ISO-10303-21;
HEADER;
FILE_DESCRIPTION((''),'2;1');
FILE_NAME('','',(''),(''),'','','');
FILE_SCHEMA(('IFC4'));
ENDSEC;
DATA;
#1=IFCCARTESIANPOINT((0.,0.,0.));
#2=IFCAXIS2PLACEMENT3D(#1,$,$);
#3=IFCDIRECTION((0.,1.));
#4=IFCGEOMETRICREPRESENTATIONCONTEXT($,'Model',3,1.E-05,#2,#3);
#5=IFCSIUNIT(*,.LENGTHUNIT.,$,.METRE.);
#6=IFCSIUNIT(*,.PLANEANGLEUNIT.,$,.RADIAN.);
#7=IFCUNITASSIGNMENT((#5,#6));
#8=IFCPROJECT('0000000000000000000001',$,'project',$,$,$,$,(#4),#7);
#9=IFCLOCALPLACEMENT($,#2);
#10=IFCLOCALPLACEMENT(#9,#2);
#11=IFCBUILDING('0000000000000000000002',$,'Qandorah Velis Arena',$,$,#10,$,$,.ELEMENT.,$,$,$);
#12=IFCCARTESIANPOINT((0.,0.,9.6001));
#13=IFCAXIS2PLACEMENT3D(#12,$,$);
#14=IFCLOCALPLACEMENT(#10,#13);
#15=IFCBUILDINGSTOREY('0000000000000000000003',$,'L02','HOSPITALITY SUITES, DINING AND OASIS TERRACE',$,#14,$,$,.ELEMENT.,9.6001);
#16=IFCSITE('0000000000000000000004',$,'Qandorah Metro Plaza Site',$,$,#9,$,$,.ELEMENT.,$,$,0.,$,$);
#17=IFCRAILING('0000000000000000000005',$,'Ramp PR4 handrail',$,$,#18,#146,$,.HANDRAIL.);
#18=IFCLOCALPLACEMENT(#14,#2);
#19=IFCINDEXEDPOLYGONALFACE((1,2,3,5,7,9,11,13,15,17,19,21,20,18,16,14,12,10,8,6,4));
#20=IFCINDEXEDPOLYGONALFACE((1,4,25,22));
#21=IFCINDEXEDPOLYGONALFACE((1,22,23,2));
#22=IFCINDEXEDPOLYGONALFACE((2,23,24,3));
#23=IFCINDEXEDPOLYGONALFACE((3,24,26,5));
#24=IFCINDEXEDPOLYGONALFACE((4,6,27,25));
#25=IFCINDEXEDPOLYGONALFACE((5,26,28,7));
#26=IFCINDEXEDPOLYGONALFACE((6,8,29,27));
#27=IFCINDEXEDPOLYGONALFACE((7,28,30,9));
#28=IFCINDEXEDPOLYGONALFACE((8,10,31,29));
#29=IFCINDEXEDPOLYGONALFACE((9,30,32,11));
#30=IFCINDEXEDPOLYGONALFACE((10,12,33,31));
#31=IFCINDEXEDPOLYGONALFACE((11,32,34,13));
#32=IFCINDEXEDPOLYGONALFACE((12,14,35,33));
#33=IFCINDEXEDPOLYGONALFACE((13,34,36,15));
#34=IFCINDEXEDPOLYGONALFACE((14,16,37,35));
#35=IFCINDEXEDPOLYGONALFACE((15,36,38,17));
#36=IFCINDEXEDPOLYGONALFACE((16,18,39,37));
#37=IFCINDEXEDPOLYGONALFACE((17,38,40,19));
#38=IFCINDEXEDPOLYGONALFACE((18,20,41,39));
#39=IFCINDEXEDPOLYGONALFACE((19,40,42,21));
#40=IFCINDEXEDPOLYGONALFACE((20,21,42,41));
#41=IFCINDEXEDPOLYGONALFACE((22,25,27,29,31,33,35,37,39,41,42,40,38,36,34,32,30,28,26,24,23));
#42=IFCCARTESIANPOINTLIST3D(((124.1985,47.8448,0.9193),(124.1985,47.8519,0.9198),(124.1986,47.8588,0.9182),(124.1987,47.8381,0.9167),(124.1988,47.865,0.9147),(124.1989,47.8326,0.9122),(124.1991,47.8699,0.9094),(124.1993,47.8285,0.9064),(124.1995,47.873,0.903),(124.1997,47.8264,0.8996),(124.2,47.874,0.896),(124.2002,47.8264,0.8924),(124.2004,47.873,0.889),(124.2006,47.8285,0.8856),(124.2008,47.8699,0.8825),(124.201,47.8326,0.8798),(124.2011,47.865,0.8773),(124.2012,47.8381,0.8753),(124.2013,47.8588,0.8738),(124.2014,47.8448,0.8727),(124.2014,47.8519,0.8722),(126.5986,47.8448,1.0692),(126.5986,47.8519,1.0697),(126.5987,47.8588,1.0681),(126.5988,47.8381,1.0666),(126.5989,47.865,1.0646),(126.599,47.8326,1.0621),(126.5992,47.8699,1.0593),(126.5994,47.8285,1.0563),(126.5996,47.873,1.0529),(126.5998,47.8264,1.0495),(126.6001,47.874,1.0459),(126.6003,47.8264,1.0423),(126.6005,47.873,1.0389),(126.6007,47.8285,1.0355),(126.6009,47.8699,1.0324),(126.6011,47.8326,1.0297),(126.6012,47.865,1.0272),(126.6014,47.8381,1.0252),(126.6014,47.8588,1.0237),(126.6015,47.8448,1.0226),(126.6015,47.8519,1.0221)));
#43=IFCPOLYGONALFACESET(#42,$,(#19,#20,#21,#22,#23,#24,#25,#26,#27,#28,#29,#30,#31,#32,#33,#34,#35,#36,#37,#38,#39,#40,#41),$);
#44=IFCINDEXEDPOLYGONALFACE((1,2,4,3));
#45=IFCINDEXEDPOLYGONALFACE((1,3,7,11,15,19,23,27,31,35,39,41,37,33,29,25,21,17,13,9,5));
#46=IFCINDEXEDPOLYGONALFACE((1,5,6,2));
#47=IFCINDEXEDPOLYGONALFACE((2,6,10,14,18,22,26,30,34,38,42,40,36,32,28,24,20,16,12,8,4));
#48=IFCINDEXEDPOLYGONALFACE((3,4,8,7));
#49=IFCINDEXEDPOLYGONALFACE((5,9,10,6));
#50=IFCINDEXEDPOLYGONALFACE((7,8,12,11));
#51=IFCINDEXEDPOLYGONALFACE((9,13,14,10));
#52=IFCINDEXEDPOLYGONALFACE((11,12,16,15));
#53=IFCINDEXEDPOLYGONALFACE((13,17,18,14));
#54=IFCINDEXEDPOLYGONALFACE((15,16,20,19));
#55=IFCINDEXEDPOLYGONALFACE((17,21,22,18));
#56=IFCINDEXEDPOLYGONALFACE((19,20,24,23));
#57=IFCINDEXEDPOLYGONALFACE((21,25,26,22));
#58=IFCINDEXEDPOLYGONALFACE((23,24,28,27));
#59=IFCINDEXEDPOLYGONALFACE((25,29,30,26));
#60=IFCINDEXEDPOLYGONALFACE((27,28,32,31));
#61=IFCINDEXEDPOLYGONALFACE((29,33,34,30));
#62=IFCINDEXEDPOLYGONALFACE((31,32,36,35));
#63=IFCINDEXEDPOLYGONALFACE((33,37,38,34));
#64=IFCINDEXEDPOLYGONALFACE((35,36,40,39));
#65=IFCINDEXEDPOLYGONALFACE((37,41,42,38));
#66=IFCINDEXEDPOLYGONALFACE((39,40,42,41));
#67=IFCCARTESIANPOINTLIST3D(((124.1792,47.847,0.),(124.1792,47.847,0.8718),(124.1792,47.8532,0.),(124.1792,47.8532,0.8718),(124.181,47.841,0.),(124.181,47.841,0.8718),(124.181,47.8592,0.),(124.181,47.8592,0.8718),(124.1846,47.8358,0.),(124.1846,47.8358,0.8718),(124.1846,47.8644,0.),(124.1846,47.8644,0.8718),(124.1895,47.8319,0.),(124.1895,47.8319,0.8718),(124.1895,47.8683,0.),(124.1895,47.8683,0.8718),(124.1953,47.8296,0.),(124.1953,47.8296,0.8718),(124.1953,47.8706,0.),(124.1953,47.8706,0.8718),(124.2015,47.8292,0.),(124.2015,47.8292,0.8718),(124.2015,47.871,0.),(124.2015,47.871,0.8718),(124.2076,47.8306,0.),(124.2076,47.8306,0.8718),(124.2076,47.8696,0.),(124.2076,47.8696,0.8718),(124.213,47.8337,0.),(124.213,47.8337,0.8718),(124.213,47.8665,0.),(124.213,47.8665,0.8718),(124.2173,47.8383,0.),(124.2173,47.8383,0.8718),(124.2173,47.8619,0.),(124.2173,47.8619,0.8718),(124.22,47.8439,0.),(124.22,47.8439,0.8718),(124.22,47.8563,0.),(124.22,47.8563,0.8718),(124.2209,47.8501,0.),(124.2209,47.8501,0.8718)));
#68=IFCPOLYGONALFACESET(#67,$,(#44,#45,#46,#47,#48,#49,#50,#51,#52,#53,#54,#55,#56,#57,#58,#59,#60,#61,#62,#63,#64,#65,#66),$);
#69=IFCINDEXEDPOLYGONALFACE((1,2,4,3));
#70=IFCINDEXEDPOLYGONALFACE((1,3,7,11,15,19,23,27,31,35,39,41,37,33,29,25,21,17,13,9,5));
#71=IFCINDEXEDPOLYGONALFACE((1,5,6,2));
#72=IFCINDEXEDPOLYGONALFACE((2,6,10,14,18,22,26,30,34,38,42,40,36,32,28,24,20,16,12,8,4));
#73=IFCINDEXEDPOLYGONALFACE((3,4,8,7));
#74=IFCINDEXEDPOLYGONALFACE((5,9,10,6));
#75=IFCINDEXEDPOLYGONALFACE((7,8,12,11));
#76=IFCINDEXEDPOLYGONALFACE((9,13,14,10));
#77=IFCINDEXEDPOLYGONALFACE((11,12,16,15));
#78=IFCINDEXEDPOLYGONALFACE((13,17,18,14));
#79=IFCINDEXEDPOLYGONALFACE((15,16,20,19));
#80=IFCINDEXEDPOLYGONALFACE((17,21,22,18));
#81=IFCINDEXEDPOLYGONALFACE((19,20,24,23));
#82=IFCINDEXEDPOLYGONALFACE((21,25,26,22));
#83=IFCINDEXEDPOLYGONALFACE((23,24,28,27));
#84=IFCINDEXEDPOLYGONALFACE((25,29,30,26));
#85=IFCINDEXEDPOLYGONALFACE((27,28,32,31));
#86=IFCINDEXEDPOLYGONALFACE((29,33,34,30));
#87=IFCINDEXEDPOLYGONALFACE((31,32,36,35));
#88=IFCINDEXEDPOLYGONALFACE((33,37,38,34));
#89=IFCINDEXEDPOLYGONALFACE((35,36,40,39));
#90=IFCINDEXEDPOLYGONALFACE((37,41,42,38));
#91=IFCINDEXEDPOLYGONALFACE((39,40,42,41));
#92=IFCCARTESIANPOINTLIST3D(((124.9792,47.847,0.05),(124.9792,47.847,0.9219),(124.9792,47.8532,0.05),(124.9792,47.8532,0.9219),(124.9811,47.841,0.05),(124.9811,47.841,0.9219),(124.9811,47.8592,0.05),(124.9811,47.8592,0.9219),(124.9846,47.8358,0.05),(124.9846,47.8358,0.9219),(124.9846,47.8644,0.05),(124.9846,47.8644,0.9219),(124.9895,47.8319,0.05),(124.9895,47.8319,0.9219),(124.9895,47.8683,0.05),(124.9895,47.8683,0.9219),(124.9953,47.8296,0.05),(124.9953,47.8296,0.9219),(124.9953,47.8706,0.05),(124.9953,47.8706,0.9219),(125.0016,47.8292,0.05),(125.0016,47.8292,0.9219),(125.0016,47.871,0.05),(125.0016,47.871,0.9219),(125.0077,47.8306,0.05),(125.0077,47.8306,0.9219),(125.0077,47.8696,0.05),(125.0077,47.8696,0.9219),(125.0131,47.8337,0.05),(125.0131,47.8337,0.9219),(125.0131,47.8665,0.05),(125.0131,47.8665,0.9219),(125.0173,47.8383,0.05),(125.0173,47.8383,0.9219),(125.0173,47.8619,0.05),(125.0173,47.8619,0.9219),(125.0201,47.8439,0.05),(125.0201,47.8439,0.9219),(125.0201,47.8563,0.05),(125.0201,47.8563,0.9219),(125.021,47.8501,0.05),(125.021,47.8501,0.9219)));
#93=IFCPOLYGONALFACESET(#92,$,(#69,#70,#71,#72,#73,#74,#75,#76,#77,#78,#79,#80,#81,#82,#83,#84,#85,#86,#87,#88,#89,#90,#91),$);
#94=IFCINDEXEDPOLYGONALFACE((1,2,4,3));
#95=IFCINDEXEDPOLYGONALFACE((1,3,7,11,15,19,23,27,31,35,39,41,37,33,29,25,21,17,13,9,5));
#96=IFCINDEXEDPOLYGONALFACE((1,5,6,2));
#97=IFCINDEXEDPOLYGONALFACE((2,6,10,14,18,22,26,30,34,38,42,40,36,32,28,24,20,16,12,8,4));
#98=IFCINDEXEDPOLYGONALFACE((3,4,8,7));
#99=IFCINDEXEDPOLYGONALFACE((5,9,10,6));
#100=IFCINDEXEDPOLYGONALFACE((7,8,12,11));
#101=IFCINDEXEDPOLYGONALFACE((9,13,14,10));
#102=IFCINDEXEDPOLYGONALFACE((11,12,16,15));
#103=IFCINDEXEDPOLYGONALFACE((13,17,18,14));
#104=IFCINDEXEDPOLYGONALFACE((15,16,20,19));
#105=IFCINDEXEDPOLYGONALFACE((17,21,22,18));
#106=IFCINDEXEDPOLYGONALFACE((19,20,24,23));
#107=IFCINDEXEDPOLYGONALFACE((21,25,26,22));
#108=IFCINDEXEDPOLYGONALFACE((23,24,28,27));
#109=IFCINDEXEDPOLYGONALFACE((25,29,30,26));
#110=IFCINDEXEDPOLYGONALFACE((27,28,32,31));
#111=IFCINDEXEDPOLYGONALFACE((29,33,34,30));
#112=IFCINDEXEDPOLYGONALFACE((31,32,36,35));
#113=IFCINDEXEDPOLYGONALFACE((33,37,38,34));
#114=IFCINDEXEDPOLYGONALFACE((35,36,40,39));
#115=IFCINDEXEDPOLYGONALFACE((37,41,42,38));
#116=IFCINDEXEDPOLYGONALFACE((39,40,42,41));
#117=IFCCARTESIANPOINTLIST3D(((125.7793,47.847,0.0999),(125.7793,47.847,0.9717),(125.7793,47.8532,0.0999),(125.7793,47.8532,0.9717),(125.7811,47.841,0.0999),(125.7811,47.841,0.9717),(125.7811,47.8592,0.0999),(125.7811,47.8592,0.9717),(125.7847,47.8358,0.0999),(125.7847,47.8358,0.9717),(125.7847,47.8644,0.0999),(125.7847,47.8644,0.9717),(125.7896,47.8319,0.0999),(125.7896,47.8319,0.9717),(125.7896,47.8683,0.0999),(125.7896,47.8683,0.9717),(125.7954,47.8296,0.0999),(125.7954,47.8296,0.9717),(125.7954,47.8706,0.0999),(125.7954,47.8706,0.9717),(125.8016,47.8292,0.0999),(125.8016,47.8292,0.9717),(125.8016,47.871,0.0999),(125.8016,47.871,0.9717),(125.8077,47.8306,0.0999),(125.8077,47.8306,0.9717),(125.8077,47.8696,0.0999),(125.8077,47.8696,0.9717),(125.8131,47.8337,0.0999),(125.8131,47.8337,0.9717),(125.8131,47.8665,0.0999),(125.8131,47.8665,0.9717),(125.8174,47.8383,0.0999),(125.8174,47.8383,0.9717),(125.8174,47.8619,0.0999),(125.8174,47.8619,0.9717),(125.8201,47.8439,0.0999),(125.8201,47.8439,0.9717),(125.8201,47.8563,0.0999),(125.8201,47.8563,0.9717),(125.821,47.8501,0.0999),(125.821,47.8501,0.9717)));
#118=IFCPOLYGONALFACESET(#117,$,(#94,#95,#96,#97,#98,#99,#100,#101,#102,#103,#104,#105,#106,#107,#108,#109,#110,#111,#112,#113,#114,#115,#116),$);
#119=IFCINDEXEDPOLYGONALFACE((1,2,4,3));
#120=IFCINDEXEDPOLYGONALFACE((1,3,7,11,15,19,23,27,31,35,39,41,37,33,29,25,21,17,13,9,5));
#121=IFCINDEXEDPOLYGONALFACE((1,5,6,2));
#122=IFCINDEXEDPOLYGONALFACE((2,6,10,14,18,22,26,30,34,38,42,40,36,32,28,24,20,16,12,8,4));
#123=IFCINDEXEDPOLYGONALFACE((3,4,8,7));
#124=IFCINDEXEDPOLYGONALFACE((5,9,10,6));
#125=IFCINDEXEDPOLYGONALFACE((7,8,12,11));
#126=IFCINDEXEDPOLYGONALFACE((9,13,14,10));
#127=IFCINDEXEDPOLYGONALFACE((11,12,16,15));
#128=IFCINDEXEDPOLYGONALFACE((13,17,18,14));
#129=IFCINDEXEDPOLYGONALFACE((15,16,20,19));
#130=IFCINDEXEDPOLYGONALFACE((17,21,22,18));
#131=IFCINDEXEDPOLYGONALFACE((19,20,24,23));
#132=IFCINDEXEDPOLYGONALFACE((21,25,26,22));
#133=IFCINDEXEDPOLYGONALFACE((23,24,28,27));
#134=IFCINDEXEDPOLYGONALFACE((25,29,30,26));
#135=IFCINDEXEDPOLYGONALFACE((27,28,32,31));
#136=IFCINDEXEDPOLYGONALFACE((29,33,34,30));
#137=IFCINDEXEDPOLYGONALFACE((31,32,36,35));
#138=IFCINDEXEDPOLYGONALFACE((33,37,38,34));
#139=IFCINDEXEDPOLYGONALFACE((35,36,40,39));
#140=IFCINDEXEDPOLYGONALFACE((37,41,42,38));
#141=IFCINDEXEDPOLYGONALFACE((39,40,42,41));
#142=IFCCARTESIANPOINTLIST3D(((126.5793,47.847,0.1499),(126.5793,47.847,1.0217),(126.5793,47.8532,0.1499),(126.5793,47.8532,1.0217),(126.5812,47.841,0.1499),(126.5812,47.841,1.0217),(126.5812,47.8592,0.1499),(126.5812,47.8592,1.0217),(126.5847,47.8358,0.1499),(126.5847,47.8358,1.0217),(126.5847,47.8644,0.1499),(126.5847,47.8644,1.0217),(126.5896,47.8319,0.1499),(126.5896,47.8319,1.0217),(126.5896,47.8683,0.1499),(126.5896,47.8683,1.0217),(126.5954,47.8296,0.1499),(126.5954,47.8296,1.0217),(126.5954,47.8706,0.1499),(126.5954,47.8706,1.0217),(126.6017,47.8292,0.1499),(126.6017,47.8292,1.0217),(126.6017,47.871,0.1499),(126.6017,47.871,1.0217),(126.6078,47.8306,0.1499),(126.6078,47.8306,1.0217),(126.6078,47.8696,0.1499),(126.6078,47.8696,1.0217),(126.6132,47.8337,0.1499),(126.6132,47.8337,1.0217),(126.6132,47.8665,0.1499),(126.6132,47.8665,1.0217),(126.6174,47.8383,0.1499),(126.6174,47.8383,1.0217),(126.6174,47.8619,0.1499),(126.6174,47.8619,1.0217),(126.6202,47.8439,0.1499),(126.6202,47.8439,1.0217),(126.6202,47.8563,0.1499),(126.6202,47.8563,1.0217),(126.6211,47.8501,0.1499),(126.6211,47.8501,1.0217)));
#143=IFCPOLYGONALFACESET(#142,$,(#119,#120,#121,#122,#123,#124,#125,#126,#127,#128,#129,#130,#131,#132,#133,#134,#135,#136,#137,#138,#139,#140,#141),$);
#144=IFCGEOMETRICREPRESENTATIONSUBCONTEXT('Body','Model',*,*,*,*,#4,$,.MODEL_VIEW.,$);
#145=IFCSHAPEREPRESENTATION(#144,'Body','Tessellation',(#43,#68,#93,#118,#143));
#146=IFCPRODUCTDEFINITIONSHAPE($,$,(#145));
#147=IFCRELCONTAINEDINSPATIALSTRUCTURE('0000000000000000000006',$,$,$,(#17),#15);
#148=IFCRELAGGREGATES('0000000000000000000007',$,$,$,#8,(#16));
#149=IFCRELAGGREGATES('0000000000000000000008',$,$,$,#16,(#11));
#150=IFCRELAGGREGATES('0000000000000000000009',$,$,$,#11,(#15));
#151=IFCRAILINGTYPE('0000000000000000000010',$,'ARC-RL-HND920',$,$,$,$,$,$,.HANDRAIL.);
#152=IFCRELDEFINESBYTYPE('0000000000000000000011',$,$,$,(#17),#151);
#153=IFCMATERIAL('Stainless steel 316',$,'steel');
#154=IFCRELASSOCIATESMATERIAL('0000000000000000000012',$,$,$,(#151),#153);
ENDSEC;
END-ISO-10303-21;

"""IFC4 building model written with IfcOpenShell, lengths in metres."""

from ifc_helpers import new_model, si_unit, direction, frame, origin, origin_2d, place, context, subcontext, project, spatial, circle, extrude, material, type_object, element, save


model = new_model("IFC4")

# Units and contexts
model_context = context("Model", 3, precision=1e-05, world=origin(), true_north=direction((0.0, 1.0)))
body_context = subcontext(model_context, "Body", "Model", "MODEL_VIEW")
ifc_project = project(units=[si_unit("LENGTHUNIT", "METRE"), si_unit("PLANEANGLEUNIT", "RADIAN")], contexts=[model_context])

# Site, building, storey
site_placement = place(None, origin())
site = spatial("IfcSite", under=ifc_project, at=site_placement, Name="Qandorah Metro Plaza Site", CompositionType="ELEMENT", RefElevation=0.0)
building_placement = place(site_placement, origin())
building = spatial("IfcBuilding", under=site, at=building_placement, Name="Qandorah Velis Arena", CompositionType="ELEMENT")
storey_placement = place(building_placement, frame((0.0, 0.0, 9.6001)))
storey = spatial("IfcBuildingStorey", under=building, at=storey_placement, Name="L02", Description="HOSPITALITY SUITES, DINING AND OASIS TERRACE", CompositionType="ELEMENT", Elevation=9.6001)

# Railing
ifc_material_1 = material(Name="Stainless steel 316", Category="steel")
railing_type_1 = type_object("IfcRailingType", Name="ARC-RL-HND920", PredefinedType="HANDRAIL", material=ifc_material_1)
railing_1_placement = place(storey_placement, frame((124.2, 47.8501, 0.0)))
element("IfcRailing", 1, at=railing_1_placement, inside=storey, type_object=railing_type_1, Name="Ramp PR4 handrail", PredefinedType="HANDRAIL", context=body_context, shape_type="SweptSolid", body=[
    extrude(circle(Radius=0.0239, at=origin_2d()), frame((0.0, 0.0, 0.896), z_axis=(0.998055, 0.0, 0.062334), x_axis=(0.0, 1.0, 0.0)), (0.0, 0.0, 1.0), 2.4048),
    extrude(circle(Radius=0.021, at=origin_2d()), origin(), (0.0, 0.0, 1.0), 0.8718),
    extrude(circle(Radius=0.021, at=origin_2d()), frame((0.8, 0.0, 0.05)), (0.0, 0.0, 1.0), 0.8718),
    extrude(circle(Radius=0.021, at=origin_2d()), frame((1.6001, 0.0, 0.0999)), (0.0, 0.0, 1.0), 0.8718),
    extrude(circle(Radius=0.021, at=origin_2d()), frame((2.4001, 0.0, 0.1499)), (0.0, 0.0, 1.0), 0.8718),
])

save(model, "model.ifc")
